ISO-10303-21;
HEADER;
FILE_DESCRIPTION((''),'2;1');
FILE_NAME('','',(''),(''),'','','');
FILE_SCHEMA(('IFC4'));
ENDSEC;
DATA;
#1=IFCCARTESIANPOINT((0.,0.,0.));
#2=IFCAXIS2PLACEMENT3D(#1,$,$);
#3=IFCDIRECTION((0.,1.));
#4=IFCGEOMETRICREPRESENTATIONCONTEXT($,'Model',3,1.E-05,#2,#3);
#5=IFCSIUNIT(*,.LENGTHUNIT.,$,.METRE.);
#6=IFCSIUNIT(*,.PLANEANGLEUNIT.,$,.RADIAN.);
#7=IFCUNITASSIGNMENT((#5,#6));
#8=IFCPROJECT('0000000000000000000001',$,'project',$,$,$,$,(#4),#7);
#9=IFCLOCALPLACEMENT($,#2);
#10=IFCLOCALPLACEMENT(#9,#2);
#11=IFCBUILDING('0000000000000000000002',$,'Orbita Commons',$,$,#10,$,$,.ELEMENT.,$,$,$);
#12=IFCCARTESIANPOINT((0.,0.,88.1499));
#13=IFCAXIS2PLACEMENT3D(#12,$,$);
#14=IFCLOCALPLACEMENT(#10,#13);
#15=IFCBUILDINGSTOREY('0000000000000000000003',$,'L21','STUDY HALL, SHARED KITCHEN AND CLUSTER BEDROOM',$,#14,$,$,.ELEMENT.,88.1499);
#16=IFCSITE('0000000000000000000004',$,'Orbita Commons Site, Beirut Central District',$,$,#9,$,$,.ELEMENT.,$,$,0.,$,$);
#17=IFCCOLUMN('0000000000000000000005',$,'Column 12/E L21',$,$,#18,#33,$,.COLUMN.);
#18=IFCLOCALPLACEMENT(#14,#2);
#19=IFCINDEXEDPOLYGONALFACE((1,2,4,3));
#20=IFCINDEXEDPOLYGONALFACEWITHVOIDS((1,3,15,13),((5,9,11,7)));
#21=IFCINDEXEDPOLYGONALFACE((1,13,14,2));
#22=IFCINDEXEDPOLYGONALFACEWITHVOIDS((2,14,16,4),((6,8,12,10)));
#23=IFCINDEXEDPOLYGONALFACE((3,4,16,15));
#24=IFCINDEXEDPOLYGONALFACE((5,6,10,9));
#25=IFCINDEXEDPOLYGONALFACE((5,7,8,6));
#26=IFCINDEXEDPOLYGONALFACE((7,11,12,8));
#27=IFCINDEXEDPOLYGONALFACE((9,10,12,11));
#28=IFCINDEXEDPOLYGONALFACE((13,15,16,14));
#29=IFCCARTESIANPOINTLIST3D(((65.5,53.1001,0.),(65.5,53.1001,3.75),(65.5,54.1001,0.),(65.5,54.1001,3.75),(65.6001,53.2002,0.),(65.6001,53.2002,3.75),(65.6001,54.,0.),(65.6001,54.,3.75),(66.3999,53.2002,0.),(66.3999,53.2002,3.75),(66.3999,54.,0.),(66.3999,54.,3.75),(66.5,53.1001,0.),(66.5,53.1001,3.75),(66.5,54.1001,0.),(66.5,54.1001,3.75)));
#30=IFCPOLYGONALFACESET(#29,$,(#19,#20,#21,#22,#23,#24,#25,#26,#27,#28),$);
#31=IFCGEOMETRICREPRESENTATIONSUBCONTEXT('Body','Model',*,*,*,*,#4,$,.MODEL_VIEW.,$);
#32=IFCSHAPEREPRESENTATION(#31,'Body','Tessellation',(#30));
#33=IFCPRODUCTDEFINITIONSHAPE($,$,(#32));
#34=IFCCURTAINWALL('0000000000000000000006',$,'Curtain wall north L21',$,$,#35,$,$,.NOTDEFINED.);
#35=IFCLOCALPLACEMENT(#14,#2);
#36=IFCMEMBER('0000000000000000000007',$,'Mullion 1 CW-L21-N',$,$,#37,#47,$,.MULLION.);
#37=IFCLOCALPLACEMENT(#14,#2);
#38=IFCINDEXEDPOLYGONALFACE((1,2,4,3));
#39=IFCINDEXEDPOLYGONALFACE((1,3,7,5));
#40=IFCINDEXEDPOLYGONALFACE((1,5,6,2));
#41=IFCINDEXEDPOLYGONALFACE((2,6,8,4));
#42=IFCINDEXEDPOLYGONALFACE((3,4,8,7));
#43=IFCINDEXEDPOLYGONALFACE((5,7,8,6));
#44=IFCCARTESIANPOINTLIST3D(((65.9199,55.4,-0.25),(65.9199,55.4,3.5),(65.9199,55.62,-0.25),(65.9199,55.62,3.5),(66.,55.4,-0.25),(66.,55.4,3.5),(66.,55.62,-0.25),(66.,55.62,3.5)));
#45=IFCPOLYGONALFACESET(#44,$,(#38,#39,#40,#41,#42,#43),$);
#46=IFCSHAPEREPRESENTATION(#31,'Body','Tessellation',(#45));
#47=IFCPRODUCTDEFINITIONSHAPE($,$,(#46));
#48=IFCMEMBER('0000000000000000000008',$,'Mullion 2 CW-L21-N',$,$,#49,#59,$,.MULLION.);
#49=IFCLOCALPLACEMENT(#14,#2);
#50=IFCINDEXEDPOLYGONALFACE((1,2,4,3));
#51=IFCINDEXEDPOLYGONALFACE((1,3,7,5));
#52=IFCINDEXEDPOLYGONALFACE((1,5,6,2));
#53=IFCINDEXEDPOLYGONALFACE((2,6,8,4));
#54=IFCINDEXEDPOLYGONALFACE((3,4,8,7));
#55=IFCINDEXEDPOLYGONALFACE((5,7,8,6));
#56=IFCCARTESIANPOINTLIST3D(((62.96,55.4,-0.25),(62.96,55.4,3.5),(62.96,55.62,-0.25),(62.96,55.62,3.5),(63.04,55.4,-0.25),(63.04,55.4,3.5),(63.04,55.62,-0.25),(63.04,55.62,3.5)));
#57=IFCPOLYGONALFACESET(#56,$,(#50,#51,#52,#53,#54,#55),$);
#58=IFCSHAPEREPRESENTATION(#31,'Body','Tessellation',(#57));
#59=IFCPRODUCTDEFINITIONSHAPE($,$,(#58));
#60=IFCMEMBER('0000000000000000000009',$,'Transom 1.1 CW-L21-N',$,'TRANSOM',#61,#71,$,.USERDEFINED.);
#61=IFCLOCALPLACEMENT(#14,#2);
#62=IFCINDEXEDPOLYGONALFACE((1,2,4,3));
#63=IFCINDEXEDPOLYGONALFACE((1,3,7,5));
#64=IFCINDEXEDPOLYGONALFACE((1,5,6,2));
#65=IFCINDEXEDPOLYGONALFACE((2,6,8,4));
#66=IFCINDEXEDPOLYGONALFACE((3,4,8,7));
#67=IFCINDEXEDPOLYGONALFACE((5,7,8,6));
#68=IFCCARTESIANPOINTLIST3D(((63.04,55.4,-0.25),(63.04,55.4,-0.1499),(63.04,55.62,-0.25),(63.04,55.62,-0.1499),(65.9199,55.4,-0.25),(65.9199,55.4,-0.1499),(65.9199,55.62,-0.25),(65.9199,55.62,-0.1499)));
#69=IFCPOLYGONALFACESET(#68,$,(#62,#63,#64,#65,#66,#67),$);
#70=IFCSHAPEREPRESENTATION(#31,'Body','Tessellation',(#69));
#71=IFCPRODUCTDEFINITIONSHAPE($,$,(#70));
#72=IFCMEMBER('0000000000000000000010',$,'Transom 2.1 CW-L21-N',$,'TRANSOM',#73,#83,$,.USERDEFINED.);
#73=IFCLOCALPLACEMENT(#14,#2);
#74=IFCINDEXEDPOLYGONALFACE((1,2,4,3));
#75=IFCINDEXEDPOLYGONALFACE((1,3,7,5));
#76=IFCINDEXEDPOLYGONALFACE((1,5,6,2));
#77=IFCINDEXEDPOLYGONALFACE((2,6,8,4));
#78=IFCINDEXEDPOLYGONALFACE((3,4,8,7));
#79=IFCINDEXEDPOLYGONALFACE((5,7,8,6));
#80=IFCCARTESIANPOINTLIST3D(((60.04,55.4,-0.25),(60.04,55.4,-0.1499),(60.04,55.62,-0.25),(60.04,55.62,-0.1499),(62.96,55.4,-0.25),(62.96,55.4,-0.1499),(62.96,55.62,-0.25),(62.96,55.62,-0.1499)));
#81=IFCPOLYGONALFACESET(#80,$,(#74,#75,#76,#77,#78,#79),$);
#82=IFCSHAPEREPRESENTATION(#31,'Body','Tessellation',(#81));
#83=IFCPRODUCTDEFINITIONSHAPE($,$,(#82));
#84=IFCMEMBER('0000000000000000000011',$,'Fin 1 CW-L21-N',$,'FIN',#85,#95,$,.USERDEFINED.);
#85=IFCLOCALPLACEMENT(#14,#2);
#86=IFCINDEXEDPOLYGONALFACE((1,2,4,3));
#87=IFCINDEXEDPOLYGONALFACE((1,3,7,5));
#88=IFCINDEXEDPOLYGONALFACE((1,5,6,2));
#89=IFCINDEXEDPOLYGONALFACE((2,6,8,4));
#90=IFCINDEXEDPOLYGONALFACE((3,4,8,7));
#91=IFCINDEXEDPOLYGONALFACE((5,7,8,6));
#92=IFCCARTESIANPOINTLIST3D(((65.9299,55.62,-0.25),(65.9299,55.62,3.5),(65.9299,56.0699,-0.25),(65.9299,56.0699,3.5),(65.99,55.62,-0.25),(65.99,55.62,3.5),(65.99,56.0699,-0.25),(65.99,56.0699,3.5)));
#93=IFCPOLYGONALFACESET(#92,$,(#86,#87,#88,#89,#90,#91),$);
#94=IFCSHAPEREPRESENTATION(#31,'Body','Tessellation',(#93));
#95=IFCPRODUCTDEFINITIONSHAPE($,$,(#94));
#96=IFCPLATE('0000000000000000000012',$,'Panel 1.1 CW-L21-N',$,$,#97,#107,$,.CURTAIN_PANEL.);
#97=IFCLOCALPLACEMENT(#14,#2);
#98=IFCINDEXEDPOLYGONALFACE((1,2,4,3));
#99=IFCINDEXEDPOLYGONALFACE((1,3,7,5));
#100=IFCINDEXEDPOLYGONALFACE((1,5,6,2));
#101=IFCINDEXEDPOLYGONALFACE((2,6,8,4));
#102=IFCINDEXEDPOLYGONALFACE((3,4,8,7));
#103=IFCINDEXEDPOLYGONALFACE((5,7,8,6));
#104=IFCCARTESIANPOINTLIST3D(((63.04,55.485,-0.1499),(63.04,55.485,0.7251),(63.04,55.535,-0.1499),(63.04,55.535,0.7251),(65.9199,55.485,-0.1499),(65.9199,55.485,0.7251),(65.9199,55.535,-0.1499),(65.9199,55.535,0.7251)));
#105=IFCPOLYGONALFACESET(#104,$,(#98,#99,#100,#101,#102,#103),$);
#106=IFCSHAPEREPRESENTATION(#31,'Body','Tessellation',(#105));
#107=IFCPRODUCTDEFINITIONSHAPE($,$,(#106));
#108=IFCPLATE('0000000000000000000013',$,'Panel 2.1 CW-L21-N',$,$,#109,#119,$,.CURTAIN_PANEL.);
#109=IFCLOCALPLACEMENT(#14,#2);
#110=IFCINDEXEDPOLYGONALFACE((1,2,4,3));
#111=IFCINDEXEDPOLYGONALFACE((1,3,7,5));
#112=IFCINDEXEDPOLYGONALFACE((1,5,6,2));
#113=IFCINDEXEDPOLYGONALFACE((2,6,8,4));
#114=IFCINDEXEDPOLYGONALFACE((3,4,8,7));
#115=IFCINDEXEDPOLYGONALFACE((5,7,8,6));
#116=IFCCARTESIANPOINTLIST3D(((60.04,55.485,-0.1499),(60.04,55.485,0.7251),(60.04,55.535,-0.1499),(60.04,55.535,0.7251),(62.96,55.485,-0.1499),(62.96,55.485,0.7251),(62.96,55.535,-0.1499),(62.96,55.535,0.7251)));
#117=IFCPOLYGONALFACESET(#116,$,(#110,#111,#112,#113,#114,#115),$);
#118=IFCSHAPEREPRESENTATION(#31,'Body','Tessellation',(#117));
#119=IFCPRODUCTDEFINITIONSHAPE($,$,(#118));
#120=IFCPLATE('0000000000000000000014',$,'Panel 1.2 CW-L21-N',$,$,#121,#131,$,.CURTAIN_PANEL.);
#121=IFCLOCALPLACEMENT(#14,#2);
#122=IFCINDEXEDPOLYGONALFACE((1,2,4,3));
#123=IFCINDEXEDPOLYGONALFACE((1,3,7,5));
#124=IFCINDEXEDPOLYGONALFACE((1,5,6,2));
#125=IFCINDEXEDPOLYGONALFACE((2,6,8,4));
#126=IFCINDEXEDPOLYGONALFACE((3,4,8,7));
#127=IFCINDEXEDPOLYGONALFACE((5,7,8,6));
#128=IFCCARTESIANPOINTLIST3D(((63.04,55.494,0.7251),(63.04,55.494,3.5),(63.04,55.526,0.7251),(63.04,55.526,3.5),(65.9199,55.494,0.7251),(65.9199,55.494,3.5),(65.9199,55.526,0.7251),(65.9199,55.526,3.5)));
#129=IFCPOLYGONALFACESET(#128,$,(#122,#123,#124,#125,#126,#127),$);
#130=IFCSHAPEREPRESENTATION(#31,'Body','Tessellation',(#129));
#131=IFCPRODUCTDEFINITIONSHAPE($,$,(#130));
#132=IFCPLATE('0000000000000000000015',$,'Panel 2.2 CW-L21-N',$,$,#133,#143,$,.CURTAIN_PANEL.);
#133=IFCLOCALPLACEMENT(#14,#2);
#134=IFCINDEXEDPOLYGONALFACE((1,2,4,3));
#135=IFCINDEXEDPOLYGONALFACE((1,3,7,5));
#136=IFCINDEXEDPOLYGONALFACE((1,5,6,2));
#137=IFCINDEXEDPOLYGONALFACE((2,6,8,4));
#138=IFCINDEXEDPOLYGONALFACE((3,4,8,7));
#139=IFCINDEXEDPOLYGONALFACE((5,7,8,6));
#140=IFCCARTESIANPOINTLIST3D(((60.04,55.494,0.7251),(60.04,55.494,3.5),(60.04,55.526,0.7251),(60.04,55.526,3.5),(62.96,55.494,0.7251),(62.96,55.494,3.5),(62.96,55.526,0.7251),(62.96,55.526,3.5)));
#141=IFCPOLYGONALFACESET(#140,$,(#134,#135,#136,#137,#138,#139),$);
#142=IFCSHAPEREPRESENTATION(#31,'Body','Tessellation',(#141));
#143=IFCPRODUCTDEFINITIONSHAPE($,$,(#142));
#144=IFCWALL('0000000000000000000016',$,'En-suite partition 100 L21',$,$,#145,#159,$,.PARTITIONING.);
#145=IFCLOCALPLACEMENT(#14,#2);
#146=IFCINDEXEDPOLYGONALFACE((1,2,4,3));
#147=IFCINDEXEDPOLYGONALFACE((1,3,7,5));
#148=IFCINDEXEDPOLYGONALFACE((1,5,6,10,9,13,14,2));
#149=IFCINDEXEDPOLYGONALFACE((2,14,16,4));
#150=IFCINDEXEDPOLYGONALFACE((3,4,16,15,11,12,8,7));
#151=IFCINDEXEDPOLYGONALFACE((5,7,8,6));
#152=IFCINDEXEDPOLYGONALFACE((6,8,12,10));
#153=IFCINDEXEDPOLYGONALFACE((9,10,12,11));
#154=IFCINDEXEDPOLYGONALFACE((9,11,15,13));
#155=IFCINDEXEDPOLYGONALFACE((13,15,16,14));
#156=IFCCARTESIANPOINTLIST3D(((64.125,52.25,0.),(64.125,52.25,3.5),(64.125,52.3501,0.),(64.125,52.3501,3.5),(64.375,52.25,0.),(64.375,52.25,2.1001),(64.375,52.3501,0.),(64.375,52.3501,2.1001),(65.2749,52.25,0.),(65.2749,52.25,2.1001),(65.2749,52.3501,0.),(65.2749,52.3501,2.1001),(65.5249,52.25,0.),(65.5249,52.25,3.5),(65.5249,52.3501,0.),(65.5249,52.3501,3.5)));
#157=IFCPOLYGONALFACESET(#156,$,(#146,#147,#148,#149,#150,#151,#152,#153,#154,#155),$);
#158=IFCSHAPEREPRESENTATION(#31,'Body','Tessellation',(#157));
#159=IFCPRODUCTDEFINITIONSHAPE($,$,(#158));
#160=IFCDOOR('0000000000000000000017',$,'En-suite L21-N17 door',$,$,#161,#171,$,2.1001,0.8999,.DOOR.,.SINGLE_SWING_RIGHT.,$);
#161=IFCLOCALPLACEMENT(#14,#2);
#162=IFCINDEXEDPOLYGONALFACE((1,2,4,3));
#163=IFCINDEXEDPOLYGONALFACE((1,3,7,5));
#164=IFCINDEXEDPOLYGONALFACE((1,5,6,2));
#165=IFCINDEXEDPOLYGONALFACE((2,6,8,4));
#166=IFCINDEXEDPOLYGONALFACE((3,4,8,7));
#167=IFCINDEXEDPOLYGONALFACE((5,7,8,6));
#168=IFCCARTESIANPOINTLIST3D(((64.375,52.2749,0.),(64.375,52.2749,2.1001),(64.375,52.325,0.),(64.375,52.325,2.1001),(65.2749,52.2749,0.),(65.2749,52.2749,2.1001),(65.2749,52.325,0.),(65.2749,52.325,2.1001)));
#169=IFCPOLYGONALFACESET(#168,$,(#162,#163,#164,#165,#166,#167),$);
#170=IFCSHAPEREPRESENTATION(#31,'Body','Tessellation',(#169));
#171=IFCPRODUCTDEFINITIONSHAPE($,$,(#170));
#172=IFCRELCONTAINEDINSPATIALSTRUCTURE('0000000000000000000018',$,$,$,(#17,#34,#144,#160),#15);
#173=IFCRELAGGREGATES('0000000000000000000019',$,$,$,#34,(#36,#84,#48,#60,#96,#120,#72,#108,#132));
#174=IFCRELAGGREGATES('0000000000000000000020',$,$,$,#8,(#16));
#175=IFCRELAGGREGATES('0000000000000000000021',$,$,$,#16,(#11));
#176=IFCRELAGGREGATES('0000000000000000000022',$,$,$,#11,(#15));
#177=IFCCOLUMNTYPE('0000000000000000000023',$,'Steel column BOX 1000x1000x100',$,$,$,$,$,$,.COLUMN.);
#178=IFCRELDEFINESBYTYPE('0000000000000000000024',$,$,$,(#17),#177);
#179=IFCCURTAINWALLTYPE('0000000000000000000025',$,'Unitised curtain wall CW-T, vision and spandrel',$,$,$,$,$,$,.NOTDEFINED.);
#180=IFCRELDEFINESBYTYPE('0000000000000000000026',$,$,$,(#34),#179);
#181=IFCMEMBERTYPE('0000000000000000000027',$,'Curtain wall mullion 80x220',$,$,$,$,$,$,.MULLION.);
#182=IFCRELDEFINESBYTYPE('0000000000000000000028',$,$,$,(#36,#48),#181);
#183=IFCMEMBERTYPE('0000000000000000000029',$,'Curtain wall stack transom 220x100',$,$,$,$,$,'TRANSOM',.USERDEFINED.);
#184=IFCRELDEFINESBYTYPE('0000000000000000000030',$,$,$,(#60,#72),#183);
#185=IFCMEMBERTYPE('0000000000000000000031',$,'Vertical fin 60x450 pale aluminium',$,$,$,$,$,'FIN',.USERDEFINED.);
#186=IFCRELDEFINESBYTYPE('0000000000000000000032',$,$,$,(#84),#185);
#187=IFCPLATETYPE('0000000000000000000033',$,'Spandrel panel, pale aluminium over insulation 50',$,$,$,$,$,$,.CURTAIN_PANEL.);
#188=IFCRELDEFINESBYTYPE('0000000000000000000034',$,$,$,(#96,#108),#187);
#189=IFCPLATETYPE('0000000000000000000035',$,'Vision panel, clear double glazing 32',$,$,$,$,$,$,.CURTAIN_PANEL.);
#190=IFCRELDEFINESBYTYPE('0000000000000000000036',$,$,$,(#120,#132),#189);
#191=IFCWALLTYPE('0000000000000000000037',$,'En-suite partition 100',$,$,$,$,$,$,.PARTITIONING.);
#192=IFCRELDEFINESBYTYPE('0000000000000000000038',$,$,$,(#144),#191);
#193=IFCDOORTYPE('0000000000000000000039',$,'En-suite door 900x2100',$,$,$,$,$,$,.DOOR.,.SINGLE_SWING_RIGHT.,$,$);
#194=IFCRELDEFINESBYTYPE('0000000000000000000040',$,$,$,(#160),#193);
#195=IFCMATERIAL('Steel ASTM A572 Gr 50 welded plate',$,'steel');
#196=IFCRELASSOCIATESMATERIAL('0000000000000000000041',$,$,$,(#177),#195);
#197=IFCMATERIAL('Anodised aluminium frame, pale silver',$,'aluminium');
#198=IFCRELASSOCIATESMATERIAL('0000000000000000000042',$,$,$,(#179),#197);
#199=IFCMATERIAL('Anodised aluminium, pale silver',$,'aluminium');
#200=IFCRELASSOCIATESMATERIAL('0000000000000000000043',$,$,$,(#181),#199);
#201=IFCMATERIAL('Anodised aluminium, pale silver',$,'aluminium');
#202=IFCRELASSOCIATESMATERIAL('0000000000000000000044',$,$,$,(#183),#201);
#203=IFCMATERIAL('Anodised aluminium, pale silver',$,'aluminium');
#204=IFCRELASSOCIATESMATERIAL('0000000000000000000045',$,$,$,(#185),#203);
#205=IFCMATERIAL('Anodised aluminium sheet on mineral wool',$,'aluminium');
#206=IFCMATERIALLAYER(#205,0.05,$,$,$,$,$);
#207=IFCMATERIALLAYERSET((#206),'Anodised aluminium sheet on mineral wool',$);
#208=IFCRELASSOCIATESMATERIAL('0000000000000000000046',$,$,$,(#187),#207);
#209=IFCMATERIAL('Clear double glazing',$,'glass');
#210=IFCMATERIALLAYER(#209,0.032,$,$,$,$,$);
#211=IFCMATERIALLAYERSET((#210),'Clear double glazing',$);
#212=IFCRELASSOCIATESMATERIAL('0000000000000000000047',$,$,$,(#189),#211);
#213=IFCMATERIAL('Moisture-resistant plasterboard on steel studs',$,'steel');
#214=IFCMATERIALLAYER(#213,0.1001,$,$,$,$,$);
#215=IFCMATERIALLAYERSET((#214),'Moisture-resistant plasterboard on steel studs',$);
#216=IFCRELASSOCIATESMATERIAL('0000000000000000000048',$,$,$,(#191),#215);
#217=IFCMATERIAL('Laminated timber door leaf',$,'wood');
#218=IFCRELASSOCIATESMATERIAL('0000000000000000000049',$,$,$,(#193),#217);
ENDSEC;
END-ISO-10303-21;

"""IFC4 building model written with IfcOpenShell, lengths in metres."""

from ifc_helpers import new_model, si_unit, direction, frame, frame_2d, origin, origin_2d, place, context, subcontext, project, spatial, rectangle, hollow_rectangle, extrude, material, layer, layer_set, material_profile, profile_set, type_object, element, fill, aggregate, save


model = new_model("IFC4")

# Units and contexts
model_context = context("Model", 3, precision=1e-05, world=origin(), true_north=direction((0.0, 1.0)))
body_context = subcontext(model_context, "Body", "Model", "MODEL_VIEW")
ifc_project = project(units=[si_unit("LENGTHUNIT", "METRE"), si_unit("PLANEANGLEUNIT", "RADIAN")], contexts=[model_context])

# Site, building, storey
site_placement = place(None, origin())
site = spatial("IfcSite", under=ifc_project, at=site_placement, Name="Orbita Commons Site, Beirut Central District", CompositionType="ELEMENT", RefElevation=0.0)
building_placement = place(site_placement, origin())
building = spatial("IfcBuilding", under=site, at=building_placement, Name="Orbita Commons", CompositionType="ELEMENT")
storey_placement = place(building_placement, frame((0.0, 0.0, 88.1499)))
storey = spatial("IfcBuildingStorey", under=building, at=storey_placement, Name="L21", Description="STUDY HALL, SHARED KITCHEN AND CLUSTER BEDROOM", CompositionType="ELEMENT", Elevation=88.1499)

# Column
ifc_material_1 = material(Name="Steel ASTM A572 Gr 50 welded plate", Category="steel")
ifc_material_profile_1 = material_profile(ifc_material_1, hollow_rectangle(XDim=1.0, YDim=1.0, WallThickness=0.1001, at=origin_2d()), Name="BOX 1000x1000x100")
ifc_profile_set_1 = profile_set([ifc_material_profile_1], Name="Steel ASTM A572 Gr 50 welded plate")
column_type = type_object("IfcColumnType", Name="Steel column BOX 1000x1000x100", PredefinedType="COLUMN", material=ifc_profile_set_1)
column_placement = place(storey_placement, frame((66.0, 53.6001, 0.0), z_axis=(0.0, 0.0, 1.0), x_axis=(1.0, 0.0, 0.0)))
element("IfcColumn", 1, at=column_placement, inside=storey, type_object=column_type, Name="Column 12/E L21", PredefinedType="COLUMN", context=body_context, shape_type="SweptSolid", body=[
    extrude(hollow_rectangle(XDim=1.0, YDim=1.0, WallThickness=0.1001, at=origin_2d()), origin(), (0.0, 0.0, 1.0), 3.75),
])

# Curtain wall, members, plates
ifc_material_2 = material(Name="Anodised aluminium frame, pale silver", Category="aluminium")
curtain_wall_type = type_object("IfcCurtainWallType", Name="Unitised curtain wall CW-T, vision and spandrel", PredefinedType="NOTDEFINED", material=ifc_material_2)
curtain_wall_placement = place(storey_placement, origin())
curtain_wall = element("IfcCurtainWall", 2, at=curtain_wall_placement, inside=storey, type_object=curtain_wall_type, Name="Curtain wall north L21", PredefinedType="NOTDEFINED")
ifc_material_3 = material(Name="Anodised aluminium, pale silver", Category="aluminium")
ifc_material_profile_2 = material_profile(ifc_material_3, rectangle(XDim=0.0801, YDim=0.22, at=origin_2d()), Name="AL 80x220")
ifc_profile_set_2 = profile_set([ifc_material_profile_2], Name="Anodised aluminium, pale silver")
member_type_1 = type_object("IfcMemberType", Name="Curtain wall mullion 80x220", PredefinedType="MULLION", material=ifc_profile_set_2)
member_1_placement = place(storey_placement, frame((65.96, 55.51, -0.25), z_axis=(0.0, 0.0, 1.0), x_axis=(-1.0, 0.0, 0.0)))
member_1 = element("IfcMember", 3, at=member_1_placement, type_object=member_type_1, Name="Mullion 1 CW-L21-N", PredefinedType="MULLION", context=body_context, shape_type="SweptSolid", body=[
    extrude(rectangle(XDim=0.0801, YDim=0.22, at=origin_2d()), origin(), (0.0, 0.0, 1.0), 3.75),
])
member_2_placement = place(storey_placement, frame((63.0, 55.51, -0.25), z_axis=(0.0, 0.0, 1.0), x_axis=(-1.0, 0.0, 0.0)))
member_2 = element("IfcMember", 4, at=member_2_placement, type_object=member_type_1, Name="Mullion 2 CW-L21-N", PredefinedType="MULLION", context=body_context, shape_type="SweptSolid", body=[
    extrude(rectangle(XDim=0.0801, YDim=0.22, at=origin_2d()), origin(), (0.0, 0.0, 1.0), 3.75),
])
ifc_material_4 = material(Name="Anodised aluminium, pale silver", Category="aluminium")
ifc_material_profile_3 = material_profile(ifc_material_4, rectangle(XDim=0.22, YDim=0.1001, at=origin_2d()), Name="AL 220x100")
ifc_profile_set_3 = profile_set([ifc_material_profile_3], Name="Anodised aluminium, pale silver")
member_type_2 = type_object("IfcMemberType", Name="Curtain wall stack transom 220x100", ElementType="TRANSOM", PredefinedType="USERDEFINED", material=ifc_profile_set_3)
member_3_placement = place(storey_placement, frame((65.9199, 55.51, -0.2), z_axis=(-1.0, 0.0, 0.0), x_axis=(0.0, -1.0, 0.0)))
member_3 = element("IfcMember", 5, at=member_3_placement, type_object=member_type_2, Name="Transom 1.1 CW-L21-N", ObjectType="TRANSOM", PredefinedType="USERDEFINED", context=body_context, shape_type="SweptSolid", body=[
    extrude(rectangle(XDim=0.22, YDim=0.1001, at=origin_2d()), origin(), (0.0, 0.0, 1.0), 2.8799),
])
member_4_placement = place(storey_placement, frame((62.96, 55.51, -0.2), z_axis=(-1.0, 0.0, 0.0), x_axis=(0.0, -1.0, 0.0)))
member_4 = element("IfcMember", 6, at=member_4_placement, type_object=member_type_2, Name="Transom 2.1 CW-L21-N", ObjectType="TRANSOM", PredefinedType="USERDEFINED", context=body_context, shape_type="SweptSolid", body=[
    extrude(rectangle(XDim=0.22, YDim=0.1001, at=origin_2d()), origin(), (0.0, 0.0, 1.0), 2.9199),
])
ifc_material_5 = material(Name="Anodised aluminium, pale silver", Category="aluminium")
ifc_material_profile_4 = material_profile(ifc_material_5, rectangle(XDim=0.0601, YDim=0.45, at=origin_2d()), Name="FIN 60x450")
ifc_profile_set_4 = profile_set([ifc_material_profile_4], Name="Anodised aluminium, pale silver")
member_type_3 = type_object("IfcMemberType", Name="Vertical fin 60x450 pale aluminium", ElementType="FIN", PredefinedType="USERDEFINED", material=ifc_profile_set_4)
member_5_placement = place(storey_placement, frame((65.96, 55.845, -0.25), z_axis=(0.0, 0.0, 1.0), x_axis=(-1.0, 0.0, 0.0)))
member_5 = element("IfcMember", 7, at=member_5_placement, type_object=member_type_3, Name="Fin 1 CW-L21-N", ObjectType="FIN", PredefinedType="USERDEFINED", context=body_context, shape_type="SweptSolid", body=[
    extrude(rectangle(XDim=0.0601, YDim=0.45, at=origin_2d()), origin(), (0.0, 0.0, 1.0), 3.75),
])
ifc_material_6 = material(Name="Anodised aluminium sheet on mineral wool", Category="aluminium")
ifc_layer_1 = layer(ifc_material_6, 0.05)
ifc_layer_set_1 = layer_set([ifc_layer_1], Name="Anodised aluminium sheet on mineral wool")
plate_type_1 = type_object("IfcPlateType", Name="Spandrel panel, pale aluminium over insulation 50", PredefinedType="CURTAIN_PANEL", material=ifc_layer_set_1)
plate_1_placement = place(storey_placement, frame((64.48, 55.51, -0.1499), z_axis=(0.0, 0.0, 1.0), x_axis=(-1.0, 0.0, 0.0)))
plate_1 = element("IfcPlate", 8, at=plate_1_placement, type_object=plate_type_1, Name="Panel 1.1 CW-L21-N", PredefinedType="CURTAIN_PANEL", context=body_context, shape_type="SweptSolid", body=[
    extrude(rectangle(XDim=2.8799, YDim=0.05, at=origin_2d()), origin(), (0.0, 0.0, 1.0), 0.875),
])
plate_2_placement = place(storey_placement, frame((61.5, 55.51, -0.1499), z_axis=(0.0, 0.0, 1.0), x_axis=(-1.0, 0.0, 0.0)))
plate_2 = element("IfcPlate", 9, at=plate_2_placement, type_object=plate_type_1, Name="Panel 2.1 CW-L21-N", PredefinedType="CURTAIN_PANEL", context=body_context, shape_type="SweptSolid", body=[
    extrude(rectangle(XDim=2.9199, YDim=0.05, at=origin_2d()), origin(), (0.0, 0.0, 1.0), 0.875),
])
ifc_material_7 = material(Name="Clear double glazing", Category="glass")
ifc_layer_2 = layer(ifc_material_7, 0.032)
ifc_layer_set_2 = layer_set([ifc_layer_2], Name="Clear double glazing")
plate_type_2 = type_object("IfcPlateType", Name="Vision panel, clear double glazing 32", PredefinedType="CURTAIN_PANEL", material=ifc_layer_set_2)
plate_3_placement = place(storey_placement, frame((64.48, 55.51, 0.7251), z_axis=(0.0, 0.0, 1.0), x_axis=(-1.0, 0.0, 0.0)))
plate_3 = element("IfcPlate", 10, at=plate_3_placement, type_object=plate_type_2, Name="Panel 1.2 CW-L21-N", PredefinedType="CURTAIN_PANEL", context=body_context, shape_type="SweptSolid", body=[
    extrude(rectangle(XDim=2.8799, YDim=0.032, at=origin_2d()), origin(), (0.0, 0.0, 1.0), 2.7749),
])
plate_4_placement = place(storey_placement, frame((61.5, 55.51, 0.7251), z_axis=(0.0, 0.0, 1.0), x_axis=(-1.0, 0.0, 0.0)))
plate_4 = element("IfcPlate", 11, at=plate_4_placement, type_object=plate_type_2, Name="Panel 2.2 CW-L21-N", PredefinedType="CURTAIN_PANEL", context=body_context, shape_type="SweptSolid", body=[
    extrude(rectangle(XDim=2.9199, YDim=0.032, at=origin_2d()), origin(), (0.0, 0.0, 1.0), 2.7749),
])
aggregate(curtain_wall, [member_1, member_5, member_2, member_3, plate_1, plate_3, member_4, plate_2, plate_4])

# Wall, opening, door
ifc_material_8 = material(Name="Moisture-resistant plasterboard on steel studs", Category="steel")
ifc_layer_3 = layer(ifc_material_8, 0.1001)
ifc_layer_set_3 = layer_set([ifc_layer_3], Name="Moisture-resistant plasterboard on steel studs")
wall_type_1 = type_object("IfcWallType", Name="En-suite partition 100", PredefinedType="PARTITIONING", material=ifc_layer_set_3)
wall_1_placement = place(storey_placement, frame((64.125, 52.3, 0.0), z_axis=(0.0, 0.0, 1.0), x_axis=(1.0, 0.0, 0.0)))
wall_1 = element("IfcWall", 12, at=wall_1_placement, inside=storey, type_object=wall_type_1, Name="En-suite partition 100 L21", PredefinedType="PARTITIONING", context=body_context, shape_type="SweptSolid", body=[
    extrude(rectangle(XDim=1.3999, YDim=0.1001, at=frame_2d((0.7, 0.0))), origin(), (0.0, 0.0, 1.0), 3.5),
])
opening_1_placement = place(wall_1_placement, frame((0.25, 0.0, 0.0)))
opening_1 = element("IfcOpeningElement", 13, at=opening_1_placement, cuts=wall_1, PredefinedType="OPENING", context=body_context, shape_type="SweptSolid", body=[
    extrude(rectangle(XDim=0.8999, YDim=2.1001, at=frame_2d((0.45, 1.05))), frame((0.0, 0.0601, 0.0), z_axis=(0.0, -1.0, 0.0), x_axis=(1.0, 0.0, 0.0)), (0.0, 0.0, 1.0), 0.1201),
])
ifc_material_9 = material(Name="Laminated timber door leaf", Category="wood")
door_type = type_object("IfcDoorType", Name="En-suite door 900x2100", OperationType="SINGLE_SWING_RIGHT", PredefinedType="DOOR", material=ifc_material_9)
door_placement = place(opening_1_placement, origin())
door = element("IfcDoor", 14, at=door_placement, inside=storey, type_object=door_type, Name="En-suite L21-N17 door", OperationType="SINGLE_SWING_RIGHT", OverallHeight=2.1001, OverallWidth=0.8999, PredefinedType="DOOR", context=body_context, shape_type="SweptSolid", body=[
    extrude(rectangle(XDim=0.8999, YDim=2.1001, at=frame_2d((0.45, 1.05))), frame((0.0, 0.0249, 0.0), z_axis=(0.0, -1.0, 0.0), x_axis=(1.0, 0.0, 0.0)), (0.0, 0.0, 1.0), 0.05),
])
fill(opening_1, door)

save(model, "model.ifc")
